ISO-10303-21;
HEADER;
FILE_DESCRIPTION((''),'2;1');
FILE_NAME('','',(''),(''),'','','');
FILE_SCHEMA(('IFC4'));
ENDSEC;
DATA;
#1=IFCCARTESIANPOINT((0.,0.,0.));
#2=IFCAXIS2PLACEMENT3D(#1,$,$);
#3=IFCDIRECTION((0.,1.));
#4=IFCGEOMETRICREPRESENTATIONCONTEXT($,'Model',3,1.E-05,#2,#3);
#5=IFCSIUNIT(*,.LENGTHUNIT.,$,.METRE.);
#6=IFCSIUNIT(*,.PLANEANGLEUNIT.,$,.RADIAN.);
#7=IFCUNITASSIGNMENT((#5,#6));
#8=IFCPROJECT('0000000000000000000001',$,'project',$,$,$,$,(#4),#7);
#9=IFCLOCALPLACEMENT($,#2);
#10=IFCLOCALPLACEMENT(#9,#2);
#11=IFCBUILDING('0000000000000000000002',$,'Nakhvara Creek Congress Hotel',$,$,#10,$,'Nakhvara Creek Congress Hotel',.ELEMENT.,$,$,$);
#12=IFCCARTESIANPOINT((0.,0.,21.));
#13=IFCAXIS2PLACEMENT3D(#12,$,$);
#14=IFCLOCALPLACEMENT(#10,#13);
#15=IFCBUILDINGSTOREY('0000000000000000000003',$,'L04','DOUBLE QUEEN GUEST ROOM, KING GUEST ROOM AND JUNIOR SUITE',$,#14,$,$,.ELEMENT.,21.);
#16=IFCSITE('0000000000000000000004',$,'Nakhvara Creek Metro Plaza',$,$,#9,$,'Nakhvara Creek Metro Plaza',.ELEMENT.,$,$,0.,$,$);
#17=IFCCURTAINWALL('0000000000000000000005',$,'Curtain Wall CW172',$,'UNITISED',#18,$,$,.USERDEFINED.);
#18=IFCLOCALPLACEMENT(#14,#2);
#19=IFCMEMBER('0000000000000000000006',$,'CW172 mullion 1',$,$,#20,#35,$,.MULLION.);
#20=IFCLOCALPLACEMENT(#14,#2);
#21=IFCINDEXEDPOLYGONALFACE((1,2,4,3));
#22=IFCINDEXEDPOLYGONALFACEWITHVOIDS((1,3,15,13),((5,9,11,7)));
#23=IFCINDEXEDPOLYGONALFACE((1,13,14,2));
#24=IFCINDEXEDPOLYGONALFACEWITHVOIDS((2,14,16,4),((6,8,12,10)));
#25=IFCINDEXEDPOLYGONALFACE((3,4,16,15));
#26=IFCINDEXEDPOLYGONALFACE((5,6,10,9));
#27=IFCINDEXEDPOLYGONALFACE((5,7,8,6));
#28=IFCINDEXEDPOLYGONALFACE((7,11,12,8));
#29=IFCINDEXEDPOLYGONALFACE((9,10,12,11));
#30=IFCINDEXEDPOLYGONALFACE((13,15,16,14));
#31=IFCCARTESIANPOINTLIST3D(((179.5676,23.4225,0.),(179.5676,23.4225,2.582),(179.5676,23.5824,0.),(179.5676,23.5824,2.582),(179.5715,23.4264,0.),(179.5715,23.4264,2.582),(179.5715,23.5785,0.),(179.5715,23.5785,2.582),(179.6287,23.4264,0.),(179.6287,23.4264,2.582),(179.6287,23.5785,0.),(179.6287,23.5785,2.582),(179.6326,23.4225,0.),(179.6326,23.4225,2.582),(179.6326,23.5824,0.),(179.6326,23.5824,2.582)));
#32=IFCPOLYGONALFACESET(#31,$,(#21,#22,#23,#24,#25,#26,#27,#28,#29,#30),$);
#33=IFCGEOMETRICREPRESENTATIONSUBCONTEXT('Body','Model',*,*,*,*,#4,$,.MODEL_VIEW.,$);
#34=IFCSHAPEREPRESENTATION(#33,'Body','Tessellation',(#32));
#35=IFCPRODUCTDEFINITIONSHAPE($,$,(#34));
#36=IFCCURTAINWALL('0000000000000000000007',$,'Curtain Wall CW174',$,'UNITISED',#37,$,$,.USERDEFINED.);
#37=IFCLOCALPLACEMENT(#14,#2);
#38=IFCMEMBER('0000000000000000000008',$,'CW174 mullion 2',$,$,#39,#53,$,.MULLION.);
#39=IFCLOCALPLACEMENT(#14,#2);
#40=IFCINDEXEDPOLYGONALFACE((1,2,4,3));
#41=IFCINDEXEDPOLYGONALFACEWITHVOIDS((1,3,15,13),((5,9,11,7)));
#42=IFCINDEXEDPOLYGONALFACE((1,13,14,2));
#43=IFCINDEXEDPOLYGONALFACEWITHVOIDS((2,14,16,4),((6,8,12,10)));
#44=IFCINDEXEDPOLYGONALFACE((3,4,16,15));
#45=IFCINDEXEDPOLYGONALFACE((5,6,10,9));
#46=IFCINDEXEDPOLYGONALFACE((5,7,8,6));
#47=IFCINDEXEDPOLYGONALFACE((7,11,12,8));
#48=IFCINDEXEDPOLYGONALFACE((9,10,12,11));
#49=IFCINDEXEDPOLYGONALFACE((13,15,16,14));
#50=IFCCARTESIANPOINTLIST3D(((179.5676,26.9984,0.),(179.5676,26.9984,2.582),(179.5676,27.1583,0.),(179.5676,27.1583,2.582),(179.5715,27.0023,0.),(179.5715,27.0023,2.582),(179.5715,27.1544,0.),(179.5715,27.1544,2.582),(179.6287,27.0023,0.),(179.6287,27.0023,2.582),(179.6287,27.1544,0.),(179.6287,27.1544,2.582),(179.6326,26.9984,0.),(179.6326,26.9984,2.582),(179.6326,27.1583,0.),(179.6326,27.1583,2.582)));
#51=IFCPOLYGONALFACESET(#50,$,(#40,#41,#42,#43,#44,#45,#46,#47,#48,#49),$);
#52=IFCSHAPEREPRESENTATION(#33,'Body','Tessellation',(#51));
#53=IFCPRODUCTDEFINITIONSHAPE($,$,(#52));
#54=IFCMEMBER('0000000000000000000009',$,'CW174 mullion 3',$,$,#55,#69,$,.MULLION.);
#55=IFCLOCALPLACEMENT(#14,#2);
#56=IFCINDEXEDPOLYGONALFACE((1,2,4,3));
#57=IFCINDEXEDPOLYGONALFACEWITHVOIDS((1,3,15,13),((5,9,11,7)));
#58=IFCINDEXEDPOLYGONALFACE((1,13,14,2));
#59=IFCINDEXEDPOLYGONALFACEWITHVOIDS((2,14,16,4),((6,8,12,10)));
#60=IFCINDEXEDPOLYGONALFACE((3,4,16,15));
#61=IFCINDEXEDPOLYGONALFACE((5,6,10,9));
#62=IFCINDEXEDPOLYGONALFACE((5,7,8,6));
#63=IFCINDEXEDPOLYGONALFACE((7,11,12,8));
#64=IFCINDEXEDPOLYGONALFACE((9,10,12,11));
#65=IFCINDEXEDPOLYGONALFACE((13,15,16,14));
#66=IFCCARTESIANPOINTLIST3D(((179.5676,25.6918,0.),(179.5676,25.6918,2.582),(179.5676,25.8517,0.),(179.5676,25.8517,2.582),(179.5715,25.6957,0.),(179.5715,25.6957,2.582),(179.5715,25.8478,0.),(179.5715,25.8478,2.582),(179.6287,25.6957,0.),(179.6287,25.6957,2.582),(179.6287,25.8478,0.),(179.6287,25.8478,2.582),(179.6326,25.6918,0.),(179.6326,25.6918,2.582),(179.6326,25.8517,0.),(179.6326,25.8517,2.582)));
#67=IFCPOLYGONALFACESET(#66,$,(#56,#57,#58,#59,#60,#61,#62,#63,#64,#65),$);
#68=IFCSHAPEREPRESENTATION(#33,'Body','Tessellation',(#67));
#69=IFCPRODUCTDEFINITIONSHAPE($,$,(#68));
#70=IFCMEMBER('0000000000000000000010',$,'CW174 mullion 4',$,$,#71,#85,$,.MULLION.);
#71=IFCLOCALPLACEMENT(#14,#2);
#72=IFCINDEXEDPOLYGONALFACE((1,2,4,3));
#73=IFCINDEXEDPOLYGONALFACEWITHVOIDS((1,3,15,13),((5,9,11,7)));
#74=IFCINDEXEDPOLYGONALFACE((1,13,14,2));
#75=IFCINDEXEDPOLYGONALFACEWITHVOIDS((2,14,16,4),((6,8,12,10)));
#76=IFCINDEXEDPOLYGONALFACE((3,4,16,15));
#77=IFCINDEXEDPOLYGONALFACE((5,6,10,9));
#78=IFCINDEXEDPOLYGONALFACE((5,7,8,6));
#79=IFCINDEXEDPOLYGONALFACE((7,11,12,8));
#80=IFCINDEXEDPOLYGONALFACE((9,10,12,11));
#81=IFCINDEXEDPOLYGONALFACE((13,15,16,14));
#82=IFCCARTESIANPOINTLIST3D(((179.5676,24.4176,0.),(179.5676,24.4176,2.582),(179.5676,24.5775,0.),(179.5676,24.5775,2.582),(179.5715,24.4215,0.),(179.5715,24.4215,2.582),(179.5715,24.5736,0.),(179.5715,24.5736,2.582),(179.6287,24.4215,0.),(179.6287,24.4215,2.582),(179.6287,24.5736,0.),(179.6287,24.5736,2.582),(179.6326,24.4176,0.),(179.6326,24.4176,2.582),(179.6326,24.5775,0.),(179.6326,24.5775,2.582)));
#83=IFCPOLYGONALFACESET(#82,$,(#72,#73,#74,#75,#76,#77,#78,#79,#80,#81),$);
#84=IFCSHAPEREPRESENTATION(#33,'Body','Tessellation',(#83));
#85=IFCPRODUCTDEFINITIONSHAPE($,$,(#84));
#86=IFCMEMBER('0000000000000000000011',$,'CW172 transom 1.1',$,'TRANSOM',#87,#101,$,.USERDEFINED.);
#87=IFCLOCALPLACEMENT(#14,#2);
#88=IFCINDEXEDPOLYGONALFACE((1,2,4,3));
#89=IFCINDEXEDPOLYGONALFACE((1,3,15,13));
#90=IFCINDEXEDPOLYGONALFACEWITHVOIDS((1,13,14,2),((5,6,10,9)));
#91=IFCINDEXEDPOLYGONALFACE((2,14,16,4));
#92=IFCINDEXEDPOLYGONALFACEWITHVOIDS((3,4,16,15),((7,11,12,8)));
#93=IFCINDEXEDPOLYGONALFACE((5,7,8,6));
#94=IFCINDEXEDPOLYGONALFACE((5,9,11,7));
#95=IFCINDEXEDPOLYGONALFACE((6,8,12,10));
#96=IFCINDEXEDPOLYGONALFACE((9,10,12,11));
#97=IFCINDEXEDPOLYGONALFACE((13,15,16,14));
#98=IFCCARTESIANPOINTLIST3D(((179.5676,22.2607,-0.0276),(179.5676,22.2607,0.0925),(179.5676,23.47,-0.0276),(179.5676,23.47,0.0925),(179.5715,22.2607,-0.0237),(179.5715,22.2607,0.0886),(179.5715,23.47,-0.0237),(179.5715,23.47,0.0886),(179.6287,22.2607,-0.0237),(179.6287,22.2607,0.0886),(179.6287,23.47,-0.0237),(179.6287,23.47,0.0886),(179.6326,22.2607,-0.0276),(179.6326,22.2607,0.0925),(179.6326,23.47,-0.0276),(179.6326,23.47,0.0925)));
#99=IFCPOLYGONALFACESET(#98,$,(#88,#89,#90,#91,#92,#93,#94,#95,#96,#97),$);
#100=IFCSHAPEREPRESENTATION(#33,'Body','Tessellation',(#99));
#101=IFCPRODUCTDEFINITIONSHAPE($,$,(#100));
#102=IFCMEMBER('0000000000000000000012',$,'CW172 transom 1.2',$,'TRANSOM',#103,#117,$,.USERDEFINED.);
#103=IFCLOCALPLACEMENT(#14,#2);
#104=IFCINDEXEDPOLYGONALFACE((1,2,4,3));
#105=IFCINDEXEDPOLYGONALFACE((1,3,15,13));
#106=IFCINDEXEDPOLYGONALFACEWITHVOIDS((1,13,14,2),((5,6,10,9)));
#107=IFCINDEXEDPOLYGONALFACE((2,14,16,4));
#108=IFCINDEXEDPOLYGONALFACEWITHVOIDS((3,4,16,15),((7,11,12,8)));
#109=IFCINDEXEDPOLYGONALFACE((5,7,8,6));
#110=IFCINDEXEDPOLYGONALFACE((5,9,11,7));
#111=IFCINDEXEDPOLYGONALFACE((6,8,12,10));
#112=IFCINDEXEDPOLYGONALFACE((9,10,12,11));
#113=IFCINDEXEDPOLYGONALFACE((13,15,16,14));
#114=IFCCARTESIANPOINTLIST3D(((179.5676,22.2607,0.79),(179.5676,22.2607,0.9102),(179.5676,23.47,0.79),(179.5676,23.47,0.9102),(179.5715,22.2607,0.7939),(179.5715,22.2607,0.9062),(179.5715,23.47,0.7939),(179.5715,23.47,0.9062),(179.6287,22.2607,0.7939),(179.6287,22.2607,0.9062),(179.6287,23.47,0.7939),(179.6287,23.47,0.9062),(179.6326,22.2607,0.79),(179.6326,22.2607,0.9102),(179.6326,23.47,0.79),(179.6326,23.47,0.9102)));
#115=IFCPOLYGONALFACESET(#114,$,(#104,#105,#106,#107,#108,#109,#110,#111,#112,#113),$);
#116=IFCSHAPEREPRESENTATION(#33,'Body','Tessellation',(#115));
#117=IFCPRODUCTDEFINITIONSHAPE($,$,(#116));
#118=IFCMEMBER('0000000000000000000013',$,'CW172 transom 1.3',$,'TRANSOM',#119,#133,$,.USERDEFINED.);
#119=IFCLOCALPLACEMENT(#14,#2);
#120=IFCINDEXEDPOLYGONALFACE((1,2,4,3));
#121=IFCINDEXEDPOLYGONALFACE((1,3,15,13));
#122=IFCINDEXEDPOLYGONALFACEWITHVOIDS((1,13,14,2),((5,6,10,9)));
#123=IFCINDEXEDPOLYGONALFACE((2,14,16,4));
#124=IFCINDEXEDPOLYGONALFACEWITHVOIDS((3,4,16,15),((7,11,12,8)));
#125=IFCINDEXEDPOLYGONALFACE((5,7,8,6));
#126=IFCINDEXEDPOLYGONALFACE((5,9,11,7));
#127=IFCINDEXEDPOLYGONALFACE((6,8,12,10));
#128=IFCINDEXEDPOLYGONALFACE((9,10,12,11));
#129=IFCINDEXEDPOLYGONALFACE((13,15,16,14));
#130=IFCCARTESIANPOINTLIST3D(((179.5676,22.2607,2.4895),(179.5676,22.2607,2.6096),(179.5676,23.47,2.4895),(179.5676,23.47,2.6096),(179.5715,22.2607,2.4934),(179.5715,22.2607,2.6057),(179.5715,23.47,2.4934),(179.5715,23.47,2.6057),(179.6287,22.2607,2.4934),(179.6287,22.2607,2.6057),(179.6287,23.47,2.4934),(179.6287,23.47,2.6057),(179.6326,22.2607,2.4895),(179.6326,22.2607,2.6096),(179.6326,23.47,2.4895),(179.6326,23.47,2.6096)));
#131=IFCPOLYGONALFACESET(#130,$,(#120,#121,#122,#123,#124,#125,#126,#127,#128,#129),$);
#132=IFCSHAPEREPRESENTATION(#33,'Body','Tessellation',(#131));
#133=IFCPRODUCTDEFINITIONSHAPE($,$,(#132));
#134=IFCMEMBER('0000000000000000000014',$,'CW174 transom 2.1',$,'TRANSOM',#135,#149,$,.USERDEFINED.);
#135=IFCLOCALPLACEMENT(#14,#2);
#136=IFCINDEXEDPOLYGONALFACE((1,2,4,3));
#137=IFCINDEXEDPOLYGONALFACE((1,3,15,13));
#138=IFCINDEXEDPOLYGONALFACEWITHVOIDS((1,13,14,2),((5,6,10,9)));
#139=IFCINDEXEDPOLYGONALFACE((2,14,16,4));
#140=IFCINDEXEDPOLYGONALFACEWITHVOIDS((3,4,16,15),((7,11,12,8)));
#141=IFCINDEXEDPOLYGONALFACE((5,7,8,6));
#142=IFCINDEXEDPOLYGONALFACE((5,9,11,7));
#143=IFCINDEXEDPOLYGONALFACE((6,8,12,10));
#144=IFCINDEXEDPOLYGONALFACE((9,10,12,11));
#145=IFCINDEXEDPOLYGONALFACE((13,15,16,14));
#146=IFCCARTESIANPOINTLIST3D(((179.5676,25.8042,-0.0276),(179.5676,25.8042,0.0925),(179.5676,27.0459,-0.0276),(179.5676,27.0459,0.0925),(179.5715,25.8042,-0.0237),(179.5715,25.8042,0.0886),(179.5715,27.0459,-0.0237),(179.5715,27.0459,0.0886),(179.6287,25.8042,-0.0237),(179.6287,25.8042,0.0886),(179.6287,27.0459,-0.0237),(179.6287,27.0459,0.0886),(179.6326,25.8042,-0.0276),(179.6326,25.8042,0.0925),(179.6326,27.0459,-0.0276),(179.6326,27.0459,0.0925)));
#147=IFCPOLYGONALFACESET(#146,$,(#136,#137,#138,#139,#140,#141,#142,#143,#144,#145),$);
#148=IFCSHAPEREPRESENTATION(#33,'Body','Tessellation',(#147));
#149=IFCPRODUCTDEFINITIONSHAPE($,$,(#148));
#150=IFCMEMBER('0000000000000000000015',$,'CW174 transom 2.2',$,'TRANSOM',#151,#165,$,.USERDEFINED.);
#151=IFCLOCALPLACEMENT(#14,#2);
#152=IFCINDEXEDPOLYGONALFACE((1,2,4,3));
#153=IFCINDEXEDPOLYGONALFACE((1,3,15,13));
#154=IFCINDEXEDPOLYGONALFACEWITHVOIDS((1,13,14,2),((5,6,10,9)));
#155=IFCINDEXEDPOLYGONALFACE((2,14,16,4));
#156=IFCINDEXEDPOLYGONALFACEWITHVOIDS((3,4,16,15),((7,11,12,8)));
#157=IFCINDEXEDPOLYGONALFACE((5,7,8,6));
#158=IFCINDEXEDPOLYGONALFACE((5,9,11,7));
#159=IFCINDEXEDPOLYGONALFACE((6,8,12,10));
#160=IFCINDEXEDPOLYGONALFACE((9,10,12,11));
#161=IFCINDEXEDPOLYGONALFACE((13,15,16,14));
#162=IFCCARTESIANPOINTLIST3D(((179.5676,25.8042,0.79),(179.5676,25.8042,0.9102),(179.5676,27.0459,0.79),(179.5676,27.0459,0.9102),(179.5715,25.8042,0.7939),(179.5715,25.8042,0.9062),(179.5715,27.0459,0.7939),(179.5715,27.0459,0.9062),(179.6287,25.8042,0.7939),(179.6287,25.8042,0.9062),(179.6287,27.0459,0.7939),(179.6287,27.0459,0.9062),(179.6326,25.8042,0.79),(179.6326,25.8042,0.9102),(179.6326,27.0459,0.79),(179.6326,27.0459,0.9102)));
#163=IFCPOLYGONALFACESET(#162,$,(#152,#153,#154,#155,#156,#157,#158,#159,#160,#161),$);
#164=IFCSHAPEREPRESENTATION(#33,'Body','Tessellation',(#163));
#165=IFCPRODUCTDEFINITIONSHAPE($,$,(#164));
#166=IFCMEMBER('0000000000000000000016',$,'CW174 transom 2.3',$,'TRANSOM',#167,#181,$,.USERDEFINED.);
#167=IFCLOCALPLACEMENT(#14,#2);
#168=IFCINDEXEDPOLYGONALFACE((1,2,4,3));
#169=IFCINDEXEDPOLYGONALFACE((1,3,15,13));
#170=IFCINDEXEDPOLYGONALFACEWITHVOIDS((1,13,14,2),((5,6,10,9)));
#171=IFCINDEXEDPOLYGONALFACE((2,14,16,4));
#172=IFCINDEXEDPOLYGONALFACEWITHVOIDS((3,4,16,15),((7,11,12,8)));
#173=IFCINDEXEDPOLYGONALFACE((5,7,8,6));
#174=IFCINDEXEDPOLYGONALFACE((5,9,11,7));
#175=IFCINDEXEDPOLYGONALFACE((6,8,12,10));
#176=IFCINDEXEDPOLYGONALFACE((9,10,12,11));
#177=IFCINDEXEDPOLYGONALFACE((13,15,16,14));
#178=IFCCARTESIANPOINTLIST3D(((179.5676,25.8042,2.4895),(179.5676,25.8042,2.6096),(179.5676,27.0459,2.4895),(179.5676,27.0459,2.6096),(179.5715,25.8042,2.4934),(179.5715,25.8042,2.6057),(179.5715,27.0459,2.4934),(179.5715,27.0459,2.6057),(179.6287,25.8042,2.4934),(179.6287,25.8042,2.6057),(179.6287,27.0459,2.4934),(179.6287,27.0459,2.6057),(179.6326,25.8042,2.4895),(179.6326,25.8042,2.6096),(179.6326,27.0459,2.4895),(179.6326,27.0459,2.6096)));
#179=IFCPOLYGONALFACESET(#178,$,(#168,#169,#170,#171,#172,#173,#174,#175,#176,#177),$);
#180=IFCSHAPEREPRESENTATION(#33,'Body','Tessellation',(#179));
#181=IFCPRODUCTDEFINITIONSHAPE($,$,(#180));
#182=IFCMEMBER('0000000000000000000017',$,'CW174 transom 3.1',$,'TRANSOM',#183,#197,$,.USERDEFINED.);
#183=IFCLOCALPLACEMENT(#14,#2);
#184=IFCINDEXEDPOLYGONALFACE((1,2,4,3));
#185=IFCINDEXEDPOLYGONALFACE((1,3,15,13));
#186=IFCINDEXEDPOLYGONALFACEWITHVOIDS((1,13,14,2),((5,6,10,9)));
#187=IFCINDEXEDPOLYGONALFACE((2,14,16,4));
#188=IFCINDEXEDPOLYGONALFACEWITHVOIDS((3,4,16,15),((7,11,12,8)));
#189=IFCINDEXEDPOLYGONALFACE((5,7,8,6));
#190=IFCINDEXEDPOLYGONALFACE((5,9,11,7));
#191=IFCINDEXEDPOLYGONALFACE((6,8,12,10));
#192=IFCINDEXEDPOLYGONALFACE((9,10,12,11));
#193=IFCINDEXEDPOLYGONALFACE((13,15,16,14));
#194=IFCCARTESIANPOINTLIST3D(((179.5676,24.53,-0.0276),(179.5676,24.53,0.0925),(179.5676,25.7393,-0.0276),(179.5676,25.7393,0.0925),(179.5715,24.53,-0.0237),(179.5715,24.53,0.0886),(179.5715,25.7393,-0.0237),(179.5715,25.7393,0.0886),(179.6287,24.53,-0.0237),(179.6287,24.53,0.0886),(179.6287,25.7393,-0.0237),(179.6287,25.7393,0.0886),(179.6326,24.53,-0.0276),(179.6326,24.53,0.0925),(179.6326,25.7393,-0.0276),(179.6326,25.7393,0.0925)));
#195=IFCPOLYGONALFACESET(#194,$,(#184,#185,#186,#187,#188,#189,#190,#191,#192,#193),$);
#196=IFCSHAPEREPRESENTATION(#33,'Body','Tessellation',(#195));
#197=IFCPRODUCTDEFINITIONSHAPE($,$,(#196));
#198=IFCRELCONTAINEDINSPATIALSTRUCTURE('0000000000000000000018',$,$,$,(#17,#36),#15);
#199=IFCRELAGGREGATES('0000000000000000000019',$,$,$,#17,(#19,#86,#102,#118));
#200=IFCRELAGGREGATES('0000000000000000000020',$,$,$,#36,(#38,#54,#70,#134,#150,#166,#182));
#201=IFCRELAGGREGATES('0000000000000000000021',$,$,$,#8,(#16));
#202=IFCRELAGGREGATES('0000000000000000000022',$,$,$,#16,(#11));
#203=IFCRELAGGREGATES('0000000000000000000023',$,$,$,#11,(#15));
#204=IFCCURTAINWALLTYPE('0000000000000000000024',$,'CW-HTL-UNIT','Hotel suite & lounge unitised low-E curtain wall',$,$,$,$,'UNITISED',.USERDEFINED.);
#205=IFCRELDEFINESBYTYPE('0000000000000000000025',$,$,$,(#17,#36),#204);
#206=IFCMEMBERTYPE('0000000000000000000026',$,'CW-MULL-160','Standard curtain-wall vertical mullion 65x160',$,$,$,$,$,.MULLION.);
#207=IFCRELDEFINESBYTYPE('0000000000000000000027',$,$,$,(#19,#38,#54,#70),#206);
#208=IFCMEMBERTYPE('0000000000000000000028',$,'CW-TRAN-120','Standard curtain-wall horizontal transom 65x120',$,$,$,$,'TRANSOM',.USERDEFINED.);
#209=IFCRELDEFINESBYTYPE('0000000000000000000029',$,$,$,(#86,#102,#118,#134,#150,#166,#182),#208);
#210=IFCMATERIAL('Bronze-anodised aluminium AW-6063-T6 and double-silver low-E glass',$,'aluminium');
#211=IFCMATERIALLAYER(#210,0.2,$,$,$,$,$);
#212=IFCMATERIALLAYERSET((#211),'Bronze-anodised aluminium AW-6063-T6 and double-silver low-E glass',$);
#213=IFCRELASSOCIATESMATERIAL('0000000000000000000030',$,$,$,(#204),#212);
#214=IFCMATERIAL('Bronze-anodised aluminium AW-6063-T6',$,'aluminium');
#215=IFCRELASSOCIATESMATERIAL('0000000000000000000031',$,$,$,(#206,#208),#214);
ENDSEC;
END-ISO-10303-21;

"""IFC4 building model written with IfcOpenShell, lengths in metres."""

from ifc_helpers import new_model, si_unit, direction, frame, origin, origin_2d, place, context, subcontext, project, spatial, hollow_rectangle, extrude, material, layer, layer_set, material_profile, profile_set, type_object, element, aggregate, save


model = new_model("IFC4")

# Units and contexts
model_context = context("Model", 3, precision=1e-05, world=origin(), true_north=direction((0.0, 1.0)))
body_context = subcontext(model_context, "Body", "Model", "MODEL_VIEW")
ifc_project = project(units=[si_unit("LENGTHUNIT", "METRE"), si_unit("PLANEANGLEUNIT", "RADIAN")], contexts=[model_context])

# Site, building, storey
site_placement = place(None, origin())
site = spatial("IfcSite", under=ifc_project, at=site_placement, Name="Nakhvara Creek Metro Plaza", LongName="Nakhvara Creek Metro Plaza", CompositionType="ELEMENT", RefElevation=0.0)
building_placement = place(site_placement, origin())
building = spatial("IfcBuilding", under=site, at=building_placement, Name="Nakhvara Creek Congress Hotel", LongName="Nakhvara Creek Congress Hotel", CompositionType="ELEMENT")
storey_placement = place(building_placement, frame((0.0, 0.0, 21.0)))
storey = spatial("IfcBuildingStorey", under=building, at=storey_placement, Name="L04", Description="DOUBLE QUEEN GUEST ROOM, KING GUEST ROOM AND JUNIOR SUITE", CompositionType="ELEMENT", Elevation=21.0)

# Curtain wall, member
ifc_material_1 = material(Name="Bronze-anodised aluminium AW-6063-T6 and double-silver low-E glass", Category="aluminium")
ifc_layer_1 = layer(ifc_material_1, 0.2)
ifc_layer_set_1 = layer_set([ifc_layer_1], Name="Bronze-anodised aluminium AW-6063-T6 and double-silver low-E glass")
curtain_wall_type = type_object("IfcCurtainWallType", Name="CW-HTL-UNIT", Description="Hotel suite & lounge unitised low-E curtain wall", ElementType="UNITISED", PredefinedType="USERDEFINED", material=ifc_layer_set_1)
curtain_wall_1_placement = place(storey_placement, origin())
curtain_wall_1 = element("IfcCurtainWall", 1, at=curtain_wall_1_placement, inside=storey, type_object=curtain_wall_type, Name="Curtain Wall CW172", ObjectType="UNITISED", PredefinedType="USERDEFINED")
ifc_material_2 = material(Name="Bronze-anodised aluminium AW-6063-T6", Category="aluminium")
ifc_material_profile_1 = material_profile(ifc_material_2, hollow_rectangle(XDim=0.0649, YDim=0.1599, WallThickness=0.0039, at=origin_2d()), Name="ALU-MULL 65x160x4", Category="LoadBearing")
ifc_profile_set_1 = profile_set([ifc_material_profile_1], Name="Bronze-anodised aluminium AW-6063-T6")
member_type_1 = type_object("IfcMemberType", Name="CW-MULL-160", Description="Standard curtain-wall vertical mullion 65x160", PredefinedType="MULLION", material=ifc_profile_set_1)
member_1_placement = place(storey_placement, frame((179.6001, 23.5024, 0.0), z_axis=(0.0, 0.0, 1.0), x_axis=(1.0, 0.0, 0.0)))
member_1 = element("IfcMember", 2, at=member_1_placement, type_object=member_type_1, Name="CW172 mullion 1", PredefinedType="MULLION", context=body_context, shape_type="SweptSolid", body=[
    extrude(hollow_rectangle(XDim=0.0649, YDim=0.1599, WallThickness=0.0039, at=origin_2d()), origin(), (0.0, 0.0, 1.0), 2.582),
])

# Curtain wall, members
curtain_wall_2_placement = place(storey_placement, origin())
curtain_wall_2 = element("IfcCurtainWall", 3, at=curtain_wall_2_placement, inside=storey, type_object=curtain_wall_type, Name="Curtain Wall CW174", ObjectType="UNITISED", PredefinedType="USERDEFINED")
member_2_placement = place(storey_placement, frame((179.6001, 27.0784, 0.0), z_axis=(0.0, 0.0, 1.0), x_axis=(1.0, 0.0, 0.0)))
member_2 = element("IfcMember", 4, at=member_2_placement, type_object=member_type_1, Name="CW174 mullion 2", PredefinedType="MULLION", context=body_context, shape_type="SweptSolid", body=[
    extrude(hollow_rectangle(XDim=0.0649, YDim=0.1599, WallThickness=0.0039, at=origin_2d()), origin(), (0.0, 0.0, 1.0), 2.582),
])
member_3_placement = place(storey_placement, frame((179.6001, 25.7717, 0.0), z_axis=(0.0, 0.0, 1.0), x_axis=(1.0, 0.0, 0.0)))
member_3 = element("IfcMember", 5, at=member_3_placement, type_object=member_type_1, Name="CW174 mullion 3", PredefinedType="MULLION", context=body_context, shape_type="SweptSolid", body=[
    extrude(hollow_rectangle(XDim=0.0649, YDim=0.1599, WallThickness=0.0039, at=origin_2d()), origin(), (0.0, 0.0, 1.0), 2.582),
])
member_4_placement = place(storey_placement, frame((179.6001, 24.4976, 0.0), z_axis=(0.0, 0.0, 1.0), x_axis=(1.0, 0.0, 0.0)))
member_4 = element("IfcMember", 6, at=member_4_placement, type_object=member_type_1, Name="CW174 mullion 4", PredefinedType="MULLION", context=body_context, shape_type="SweptSolid", body=[
    extrude(hollow_rectangle(XDim=0.0649, YDim=0.1599, WallThickness=0.0039, at=origin_2d()), origin(), (0.0, 0.0, 1.0), 2.582),
])

# Members
ifc_material_profile_2 = material_profile(ifc_material_2, hollow_rectangle(XDim=0.0649, YDim=0.1201, WallThickness=0.0039, at=origin_2d()), Name="ALU-TRAN 65x120x4", Category="LoadBearing")
ifc_profile_set_2 = profile_set([ifc_material_profile_2], Name="Bronze-anodised aluminium AW-6063-T6")
member_type_2 = type_object("IfcMemberType", Name="CW-TRAN-120", Description="Standard curtain-wall horizontal transom 65x120", ElementType="TRANSOM", PredefinedType="USERDEFINED", material=ifc_profile_set_2)
member_5_placement = place(storey_placement, frame((179.6001, 23.47, 0.0325), z_axis=(0.0, -1.0, 0.0), x_axis=(1.0, 0.0, 0.0)))
member_5 = element("IfcMember", 7, at=member_5_placement, type_object=member_type_2, Name="CW172 transom 1.1", ObjectType="TRANSOM", PredefinedType="USERDEFINED", context=body_context, shape_type="SweptSolid", body=[
    extrude(hollow_rectangle(XDim=0.0649, YDim=0.1201, WallThickness=0.0039, at=origin_2d()), origin(), (0.0, 0.0, 1.0), 1.2092),
])
member_6_placement = place(storey_placement, frame((179.6001, 23.47, 0.8501), z_axis=(0.0, -1.0, 0.0), x_axis=(1.0, 0.0, 0.0)))
member_6 = element("IfcMember", 8, at=member_6_placement, type_object=member_type_2, Name="CW172 transom 1.2", ObjectType="TRANSOM", PredefinedType="USERDEFINED", context=body_context, shape_type="SweptSolid", body=[
    extrude(hollow_rectangle(XDim=0.0649, YDim=0.1201, WallThickness=0.0039, at=origin_2d()), origin(), (0.0, 0.0, 1.0), 1.2092),
])
member_7_placement = place(storey_placement, frame((179.6001, 23.47, 2.5496), z_axis=(0.0, -1.0, 0.0), x_axis=(1.0, 0.0, 0.0)))
member_7 = element("IfcMember", 9, at=member_7_placement, type_object=member_type_2, Name="CW172 transom 1.3", ObjectType="TRANSOM", PredefinedType="USERDEFINED", context=body_context, shape_type="SweptSolid", body=[
    extrude(hollow_rectangle(XDim=0.0649, YDim=0.1201, WallThickness=0.0039, at=origin_2d()), origin(), (0.0, 0.0, 1.0), 1.2092),
])
aggregate(curtain_wall_1, [member_1, member_5, member_6, member_7])
member_8_placement = place(storey_placement, frame((179.6001, 27.0459, 0.0325), z_axis=(0.0, -1.0, 0.0), x_axis=(1.0, 0.0, 0.0)))
member_8 = element("IfcMember", 10, at=member_8_placement, type_object=member_type_2, Name="CW174 transom 2.1", ObjectType="TRANSOM", PredefinedType="USERDEFINED", context=body_context, shape_type="SweptSolid", body=[
    extrude(hollow_rectangle(XDim=0.0649, YDim=0.1201, WallThickness=0.0039, at=origin_2d()), origin(), (0.0, 0.0, 1.0), 1.2417),
])
member_9_placement = place(storey_placement, frame((179.6001, 27.0459, 0.8501), z_axis=(0.0, -1.0, 0.0), x_axis=(1.0, 0.0, 0.0)))
member_9 = element("IfcMember", 11, at=member_9_placement, type_object=member_type_2, Name="CW174 transom 2.2", ObjectType="TRANSOM", PredefinedType="USERDEFINED", context=body_context, shape_type="SweptSolid", body=[
    extrude(hollow_rectangle(XDim=0.0649, YDim=0.1201, WallThickness=0.0039, at=origin_2d()), origin(), (0.0, 0.0, 1.0), 1.2417),
])
member_10_placement = place(storey_placement, frame((179.6001, 27.0459, 2.5496), z_axis=(0.0, -1.0, 0.0), x_axis=(1.0, 0.0, 0.0)))
member_10 = element("IfcMember", 12, at=member_10_placement, type_object=member_type_2, Name="CW174 transom 2.3", ObjectType="TRANSOM", PredefinedType="USERDEFINED", context=body_context, shape_type="SweptSolid", body=[
    extrude(hollow_rectangle(XDim=0.0649, YDim=0.1201, WallThickness=0.0039, at=origin_2d()), origin(), (0.0, 0.0, 1.0), 1.2417),
])
member_11_placement = place(storey_placement, frame((179.6001, 25.7393, 0.0325), z_axis=(0.0, -1.0, 0.0), x_axis=(1.0, 0.0, 0.0)))
member_11 = element("IfcMember", 13, at=member_11_placement, type_object=member_type_2, Name="CW174 transom 3.1", ObjectType="TRANSOM", PredefinedType="USERDEFINED", context=body_context, shape_type="SweptSolid", body=[
    extrude(hollow_rectangle(XDim=0.0649, YDim=0.1201, WallThickness=0.0039, at=origin_2d()), origin(), (0.0, 0.0, 1.0), 1.2092),
])

aggregate(curtain_wall_2, [member_2, member_3, member_4, member_8, member_9, member_10, member_11])

save(model, "model.ifc")
